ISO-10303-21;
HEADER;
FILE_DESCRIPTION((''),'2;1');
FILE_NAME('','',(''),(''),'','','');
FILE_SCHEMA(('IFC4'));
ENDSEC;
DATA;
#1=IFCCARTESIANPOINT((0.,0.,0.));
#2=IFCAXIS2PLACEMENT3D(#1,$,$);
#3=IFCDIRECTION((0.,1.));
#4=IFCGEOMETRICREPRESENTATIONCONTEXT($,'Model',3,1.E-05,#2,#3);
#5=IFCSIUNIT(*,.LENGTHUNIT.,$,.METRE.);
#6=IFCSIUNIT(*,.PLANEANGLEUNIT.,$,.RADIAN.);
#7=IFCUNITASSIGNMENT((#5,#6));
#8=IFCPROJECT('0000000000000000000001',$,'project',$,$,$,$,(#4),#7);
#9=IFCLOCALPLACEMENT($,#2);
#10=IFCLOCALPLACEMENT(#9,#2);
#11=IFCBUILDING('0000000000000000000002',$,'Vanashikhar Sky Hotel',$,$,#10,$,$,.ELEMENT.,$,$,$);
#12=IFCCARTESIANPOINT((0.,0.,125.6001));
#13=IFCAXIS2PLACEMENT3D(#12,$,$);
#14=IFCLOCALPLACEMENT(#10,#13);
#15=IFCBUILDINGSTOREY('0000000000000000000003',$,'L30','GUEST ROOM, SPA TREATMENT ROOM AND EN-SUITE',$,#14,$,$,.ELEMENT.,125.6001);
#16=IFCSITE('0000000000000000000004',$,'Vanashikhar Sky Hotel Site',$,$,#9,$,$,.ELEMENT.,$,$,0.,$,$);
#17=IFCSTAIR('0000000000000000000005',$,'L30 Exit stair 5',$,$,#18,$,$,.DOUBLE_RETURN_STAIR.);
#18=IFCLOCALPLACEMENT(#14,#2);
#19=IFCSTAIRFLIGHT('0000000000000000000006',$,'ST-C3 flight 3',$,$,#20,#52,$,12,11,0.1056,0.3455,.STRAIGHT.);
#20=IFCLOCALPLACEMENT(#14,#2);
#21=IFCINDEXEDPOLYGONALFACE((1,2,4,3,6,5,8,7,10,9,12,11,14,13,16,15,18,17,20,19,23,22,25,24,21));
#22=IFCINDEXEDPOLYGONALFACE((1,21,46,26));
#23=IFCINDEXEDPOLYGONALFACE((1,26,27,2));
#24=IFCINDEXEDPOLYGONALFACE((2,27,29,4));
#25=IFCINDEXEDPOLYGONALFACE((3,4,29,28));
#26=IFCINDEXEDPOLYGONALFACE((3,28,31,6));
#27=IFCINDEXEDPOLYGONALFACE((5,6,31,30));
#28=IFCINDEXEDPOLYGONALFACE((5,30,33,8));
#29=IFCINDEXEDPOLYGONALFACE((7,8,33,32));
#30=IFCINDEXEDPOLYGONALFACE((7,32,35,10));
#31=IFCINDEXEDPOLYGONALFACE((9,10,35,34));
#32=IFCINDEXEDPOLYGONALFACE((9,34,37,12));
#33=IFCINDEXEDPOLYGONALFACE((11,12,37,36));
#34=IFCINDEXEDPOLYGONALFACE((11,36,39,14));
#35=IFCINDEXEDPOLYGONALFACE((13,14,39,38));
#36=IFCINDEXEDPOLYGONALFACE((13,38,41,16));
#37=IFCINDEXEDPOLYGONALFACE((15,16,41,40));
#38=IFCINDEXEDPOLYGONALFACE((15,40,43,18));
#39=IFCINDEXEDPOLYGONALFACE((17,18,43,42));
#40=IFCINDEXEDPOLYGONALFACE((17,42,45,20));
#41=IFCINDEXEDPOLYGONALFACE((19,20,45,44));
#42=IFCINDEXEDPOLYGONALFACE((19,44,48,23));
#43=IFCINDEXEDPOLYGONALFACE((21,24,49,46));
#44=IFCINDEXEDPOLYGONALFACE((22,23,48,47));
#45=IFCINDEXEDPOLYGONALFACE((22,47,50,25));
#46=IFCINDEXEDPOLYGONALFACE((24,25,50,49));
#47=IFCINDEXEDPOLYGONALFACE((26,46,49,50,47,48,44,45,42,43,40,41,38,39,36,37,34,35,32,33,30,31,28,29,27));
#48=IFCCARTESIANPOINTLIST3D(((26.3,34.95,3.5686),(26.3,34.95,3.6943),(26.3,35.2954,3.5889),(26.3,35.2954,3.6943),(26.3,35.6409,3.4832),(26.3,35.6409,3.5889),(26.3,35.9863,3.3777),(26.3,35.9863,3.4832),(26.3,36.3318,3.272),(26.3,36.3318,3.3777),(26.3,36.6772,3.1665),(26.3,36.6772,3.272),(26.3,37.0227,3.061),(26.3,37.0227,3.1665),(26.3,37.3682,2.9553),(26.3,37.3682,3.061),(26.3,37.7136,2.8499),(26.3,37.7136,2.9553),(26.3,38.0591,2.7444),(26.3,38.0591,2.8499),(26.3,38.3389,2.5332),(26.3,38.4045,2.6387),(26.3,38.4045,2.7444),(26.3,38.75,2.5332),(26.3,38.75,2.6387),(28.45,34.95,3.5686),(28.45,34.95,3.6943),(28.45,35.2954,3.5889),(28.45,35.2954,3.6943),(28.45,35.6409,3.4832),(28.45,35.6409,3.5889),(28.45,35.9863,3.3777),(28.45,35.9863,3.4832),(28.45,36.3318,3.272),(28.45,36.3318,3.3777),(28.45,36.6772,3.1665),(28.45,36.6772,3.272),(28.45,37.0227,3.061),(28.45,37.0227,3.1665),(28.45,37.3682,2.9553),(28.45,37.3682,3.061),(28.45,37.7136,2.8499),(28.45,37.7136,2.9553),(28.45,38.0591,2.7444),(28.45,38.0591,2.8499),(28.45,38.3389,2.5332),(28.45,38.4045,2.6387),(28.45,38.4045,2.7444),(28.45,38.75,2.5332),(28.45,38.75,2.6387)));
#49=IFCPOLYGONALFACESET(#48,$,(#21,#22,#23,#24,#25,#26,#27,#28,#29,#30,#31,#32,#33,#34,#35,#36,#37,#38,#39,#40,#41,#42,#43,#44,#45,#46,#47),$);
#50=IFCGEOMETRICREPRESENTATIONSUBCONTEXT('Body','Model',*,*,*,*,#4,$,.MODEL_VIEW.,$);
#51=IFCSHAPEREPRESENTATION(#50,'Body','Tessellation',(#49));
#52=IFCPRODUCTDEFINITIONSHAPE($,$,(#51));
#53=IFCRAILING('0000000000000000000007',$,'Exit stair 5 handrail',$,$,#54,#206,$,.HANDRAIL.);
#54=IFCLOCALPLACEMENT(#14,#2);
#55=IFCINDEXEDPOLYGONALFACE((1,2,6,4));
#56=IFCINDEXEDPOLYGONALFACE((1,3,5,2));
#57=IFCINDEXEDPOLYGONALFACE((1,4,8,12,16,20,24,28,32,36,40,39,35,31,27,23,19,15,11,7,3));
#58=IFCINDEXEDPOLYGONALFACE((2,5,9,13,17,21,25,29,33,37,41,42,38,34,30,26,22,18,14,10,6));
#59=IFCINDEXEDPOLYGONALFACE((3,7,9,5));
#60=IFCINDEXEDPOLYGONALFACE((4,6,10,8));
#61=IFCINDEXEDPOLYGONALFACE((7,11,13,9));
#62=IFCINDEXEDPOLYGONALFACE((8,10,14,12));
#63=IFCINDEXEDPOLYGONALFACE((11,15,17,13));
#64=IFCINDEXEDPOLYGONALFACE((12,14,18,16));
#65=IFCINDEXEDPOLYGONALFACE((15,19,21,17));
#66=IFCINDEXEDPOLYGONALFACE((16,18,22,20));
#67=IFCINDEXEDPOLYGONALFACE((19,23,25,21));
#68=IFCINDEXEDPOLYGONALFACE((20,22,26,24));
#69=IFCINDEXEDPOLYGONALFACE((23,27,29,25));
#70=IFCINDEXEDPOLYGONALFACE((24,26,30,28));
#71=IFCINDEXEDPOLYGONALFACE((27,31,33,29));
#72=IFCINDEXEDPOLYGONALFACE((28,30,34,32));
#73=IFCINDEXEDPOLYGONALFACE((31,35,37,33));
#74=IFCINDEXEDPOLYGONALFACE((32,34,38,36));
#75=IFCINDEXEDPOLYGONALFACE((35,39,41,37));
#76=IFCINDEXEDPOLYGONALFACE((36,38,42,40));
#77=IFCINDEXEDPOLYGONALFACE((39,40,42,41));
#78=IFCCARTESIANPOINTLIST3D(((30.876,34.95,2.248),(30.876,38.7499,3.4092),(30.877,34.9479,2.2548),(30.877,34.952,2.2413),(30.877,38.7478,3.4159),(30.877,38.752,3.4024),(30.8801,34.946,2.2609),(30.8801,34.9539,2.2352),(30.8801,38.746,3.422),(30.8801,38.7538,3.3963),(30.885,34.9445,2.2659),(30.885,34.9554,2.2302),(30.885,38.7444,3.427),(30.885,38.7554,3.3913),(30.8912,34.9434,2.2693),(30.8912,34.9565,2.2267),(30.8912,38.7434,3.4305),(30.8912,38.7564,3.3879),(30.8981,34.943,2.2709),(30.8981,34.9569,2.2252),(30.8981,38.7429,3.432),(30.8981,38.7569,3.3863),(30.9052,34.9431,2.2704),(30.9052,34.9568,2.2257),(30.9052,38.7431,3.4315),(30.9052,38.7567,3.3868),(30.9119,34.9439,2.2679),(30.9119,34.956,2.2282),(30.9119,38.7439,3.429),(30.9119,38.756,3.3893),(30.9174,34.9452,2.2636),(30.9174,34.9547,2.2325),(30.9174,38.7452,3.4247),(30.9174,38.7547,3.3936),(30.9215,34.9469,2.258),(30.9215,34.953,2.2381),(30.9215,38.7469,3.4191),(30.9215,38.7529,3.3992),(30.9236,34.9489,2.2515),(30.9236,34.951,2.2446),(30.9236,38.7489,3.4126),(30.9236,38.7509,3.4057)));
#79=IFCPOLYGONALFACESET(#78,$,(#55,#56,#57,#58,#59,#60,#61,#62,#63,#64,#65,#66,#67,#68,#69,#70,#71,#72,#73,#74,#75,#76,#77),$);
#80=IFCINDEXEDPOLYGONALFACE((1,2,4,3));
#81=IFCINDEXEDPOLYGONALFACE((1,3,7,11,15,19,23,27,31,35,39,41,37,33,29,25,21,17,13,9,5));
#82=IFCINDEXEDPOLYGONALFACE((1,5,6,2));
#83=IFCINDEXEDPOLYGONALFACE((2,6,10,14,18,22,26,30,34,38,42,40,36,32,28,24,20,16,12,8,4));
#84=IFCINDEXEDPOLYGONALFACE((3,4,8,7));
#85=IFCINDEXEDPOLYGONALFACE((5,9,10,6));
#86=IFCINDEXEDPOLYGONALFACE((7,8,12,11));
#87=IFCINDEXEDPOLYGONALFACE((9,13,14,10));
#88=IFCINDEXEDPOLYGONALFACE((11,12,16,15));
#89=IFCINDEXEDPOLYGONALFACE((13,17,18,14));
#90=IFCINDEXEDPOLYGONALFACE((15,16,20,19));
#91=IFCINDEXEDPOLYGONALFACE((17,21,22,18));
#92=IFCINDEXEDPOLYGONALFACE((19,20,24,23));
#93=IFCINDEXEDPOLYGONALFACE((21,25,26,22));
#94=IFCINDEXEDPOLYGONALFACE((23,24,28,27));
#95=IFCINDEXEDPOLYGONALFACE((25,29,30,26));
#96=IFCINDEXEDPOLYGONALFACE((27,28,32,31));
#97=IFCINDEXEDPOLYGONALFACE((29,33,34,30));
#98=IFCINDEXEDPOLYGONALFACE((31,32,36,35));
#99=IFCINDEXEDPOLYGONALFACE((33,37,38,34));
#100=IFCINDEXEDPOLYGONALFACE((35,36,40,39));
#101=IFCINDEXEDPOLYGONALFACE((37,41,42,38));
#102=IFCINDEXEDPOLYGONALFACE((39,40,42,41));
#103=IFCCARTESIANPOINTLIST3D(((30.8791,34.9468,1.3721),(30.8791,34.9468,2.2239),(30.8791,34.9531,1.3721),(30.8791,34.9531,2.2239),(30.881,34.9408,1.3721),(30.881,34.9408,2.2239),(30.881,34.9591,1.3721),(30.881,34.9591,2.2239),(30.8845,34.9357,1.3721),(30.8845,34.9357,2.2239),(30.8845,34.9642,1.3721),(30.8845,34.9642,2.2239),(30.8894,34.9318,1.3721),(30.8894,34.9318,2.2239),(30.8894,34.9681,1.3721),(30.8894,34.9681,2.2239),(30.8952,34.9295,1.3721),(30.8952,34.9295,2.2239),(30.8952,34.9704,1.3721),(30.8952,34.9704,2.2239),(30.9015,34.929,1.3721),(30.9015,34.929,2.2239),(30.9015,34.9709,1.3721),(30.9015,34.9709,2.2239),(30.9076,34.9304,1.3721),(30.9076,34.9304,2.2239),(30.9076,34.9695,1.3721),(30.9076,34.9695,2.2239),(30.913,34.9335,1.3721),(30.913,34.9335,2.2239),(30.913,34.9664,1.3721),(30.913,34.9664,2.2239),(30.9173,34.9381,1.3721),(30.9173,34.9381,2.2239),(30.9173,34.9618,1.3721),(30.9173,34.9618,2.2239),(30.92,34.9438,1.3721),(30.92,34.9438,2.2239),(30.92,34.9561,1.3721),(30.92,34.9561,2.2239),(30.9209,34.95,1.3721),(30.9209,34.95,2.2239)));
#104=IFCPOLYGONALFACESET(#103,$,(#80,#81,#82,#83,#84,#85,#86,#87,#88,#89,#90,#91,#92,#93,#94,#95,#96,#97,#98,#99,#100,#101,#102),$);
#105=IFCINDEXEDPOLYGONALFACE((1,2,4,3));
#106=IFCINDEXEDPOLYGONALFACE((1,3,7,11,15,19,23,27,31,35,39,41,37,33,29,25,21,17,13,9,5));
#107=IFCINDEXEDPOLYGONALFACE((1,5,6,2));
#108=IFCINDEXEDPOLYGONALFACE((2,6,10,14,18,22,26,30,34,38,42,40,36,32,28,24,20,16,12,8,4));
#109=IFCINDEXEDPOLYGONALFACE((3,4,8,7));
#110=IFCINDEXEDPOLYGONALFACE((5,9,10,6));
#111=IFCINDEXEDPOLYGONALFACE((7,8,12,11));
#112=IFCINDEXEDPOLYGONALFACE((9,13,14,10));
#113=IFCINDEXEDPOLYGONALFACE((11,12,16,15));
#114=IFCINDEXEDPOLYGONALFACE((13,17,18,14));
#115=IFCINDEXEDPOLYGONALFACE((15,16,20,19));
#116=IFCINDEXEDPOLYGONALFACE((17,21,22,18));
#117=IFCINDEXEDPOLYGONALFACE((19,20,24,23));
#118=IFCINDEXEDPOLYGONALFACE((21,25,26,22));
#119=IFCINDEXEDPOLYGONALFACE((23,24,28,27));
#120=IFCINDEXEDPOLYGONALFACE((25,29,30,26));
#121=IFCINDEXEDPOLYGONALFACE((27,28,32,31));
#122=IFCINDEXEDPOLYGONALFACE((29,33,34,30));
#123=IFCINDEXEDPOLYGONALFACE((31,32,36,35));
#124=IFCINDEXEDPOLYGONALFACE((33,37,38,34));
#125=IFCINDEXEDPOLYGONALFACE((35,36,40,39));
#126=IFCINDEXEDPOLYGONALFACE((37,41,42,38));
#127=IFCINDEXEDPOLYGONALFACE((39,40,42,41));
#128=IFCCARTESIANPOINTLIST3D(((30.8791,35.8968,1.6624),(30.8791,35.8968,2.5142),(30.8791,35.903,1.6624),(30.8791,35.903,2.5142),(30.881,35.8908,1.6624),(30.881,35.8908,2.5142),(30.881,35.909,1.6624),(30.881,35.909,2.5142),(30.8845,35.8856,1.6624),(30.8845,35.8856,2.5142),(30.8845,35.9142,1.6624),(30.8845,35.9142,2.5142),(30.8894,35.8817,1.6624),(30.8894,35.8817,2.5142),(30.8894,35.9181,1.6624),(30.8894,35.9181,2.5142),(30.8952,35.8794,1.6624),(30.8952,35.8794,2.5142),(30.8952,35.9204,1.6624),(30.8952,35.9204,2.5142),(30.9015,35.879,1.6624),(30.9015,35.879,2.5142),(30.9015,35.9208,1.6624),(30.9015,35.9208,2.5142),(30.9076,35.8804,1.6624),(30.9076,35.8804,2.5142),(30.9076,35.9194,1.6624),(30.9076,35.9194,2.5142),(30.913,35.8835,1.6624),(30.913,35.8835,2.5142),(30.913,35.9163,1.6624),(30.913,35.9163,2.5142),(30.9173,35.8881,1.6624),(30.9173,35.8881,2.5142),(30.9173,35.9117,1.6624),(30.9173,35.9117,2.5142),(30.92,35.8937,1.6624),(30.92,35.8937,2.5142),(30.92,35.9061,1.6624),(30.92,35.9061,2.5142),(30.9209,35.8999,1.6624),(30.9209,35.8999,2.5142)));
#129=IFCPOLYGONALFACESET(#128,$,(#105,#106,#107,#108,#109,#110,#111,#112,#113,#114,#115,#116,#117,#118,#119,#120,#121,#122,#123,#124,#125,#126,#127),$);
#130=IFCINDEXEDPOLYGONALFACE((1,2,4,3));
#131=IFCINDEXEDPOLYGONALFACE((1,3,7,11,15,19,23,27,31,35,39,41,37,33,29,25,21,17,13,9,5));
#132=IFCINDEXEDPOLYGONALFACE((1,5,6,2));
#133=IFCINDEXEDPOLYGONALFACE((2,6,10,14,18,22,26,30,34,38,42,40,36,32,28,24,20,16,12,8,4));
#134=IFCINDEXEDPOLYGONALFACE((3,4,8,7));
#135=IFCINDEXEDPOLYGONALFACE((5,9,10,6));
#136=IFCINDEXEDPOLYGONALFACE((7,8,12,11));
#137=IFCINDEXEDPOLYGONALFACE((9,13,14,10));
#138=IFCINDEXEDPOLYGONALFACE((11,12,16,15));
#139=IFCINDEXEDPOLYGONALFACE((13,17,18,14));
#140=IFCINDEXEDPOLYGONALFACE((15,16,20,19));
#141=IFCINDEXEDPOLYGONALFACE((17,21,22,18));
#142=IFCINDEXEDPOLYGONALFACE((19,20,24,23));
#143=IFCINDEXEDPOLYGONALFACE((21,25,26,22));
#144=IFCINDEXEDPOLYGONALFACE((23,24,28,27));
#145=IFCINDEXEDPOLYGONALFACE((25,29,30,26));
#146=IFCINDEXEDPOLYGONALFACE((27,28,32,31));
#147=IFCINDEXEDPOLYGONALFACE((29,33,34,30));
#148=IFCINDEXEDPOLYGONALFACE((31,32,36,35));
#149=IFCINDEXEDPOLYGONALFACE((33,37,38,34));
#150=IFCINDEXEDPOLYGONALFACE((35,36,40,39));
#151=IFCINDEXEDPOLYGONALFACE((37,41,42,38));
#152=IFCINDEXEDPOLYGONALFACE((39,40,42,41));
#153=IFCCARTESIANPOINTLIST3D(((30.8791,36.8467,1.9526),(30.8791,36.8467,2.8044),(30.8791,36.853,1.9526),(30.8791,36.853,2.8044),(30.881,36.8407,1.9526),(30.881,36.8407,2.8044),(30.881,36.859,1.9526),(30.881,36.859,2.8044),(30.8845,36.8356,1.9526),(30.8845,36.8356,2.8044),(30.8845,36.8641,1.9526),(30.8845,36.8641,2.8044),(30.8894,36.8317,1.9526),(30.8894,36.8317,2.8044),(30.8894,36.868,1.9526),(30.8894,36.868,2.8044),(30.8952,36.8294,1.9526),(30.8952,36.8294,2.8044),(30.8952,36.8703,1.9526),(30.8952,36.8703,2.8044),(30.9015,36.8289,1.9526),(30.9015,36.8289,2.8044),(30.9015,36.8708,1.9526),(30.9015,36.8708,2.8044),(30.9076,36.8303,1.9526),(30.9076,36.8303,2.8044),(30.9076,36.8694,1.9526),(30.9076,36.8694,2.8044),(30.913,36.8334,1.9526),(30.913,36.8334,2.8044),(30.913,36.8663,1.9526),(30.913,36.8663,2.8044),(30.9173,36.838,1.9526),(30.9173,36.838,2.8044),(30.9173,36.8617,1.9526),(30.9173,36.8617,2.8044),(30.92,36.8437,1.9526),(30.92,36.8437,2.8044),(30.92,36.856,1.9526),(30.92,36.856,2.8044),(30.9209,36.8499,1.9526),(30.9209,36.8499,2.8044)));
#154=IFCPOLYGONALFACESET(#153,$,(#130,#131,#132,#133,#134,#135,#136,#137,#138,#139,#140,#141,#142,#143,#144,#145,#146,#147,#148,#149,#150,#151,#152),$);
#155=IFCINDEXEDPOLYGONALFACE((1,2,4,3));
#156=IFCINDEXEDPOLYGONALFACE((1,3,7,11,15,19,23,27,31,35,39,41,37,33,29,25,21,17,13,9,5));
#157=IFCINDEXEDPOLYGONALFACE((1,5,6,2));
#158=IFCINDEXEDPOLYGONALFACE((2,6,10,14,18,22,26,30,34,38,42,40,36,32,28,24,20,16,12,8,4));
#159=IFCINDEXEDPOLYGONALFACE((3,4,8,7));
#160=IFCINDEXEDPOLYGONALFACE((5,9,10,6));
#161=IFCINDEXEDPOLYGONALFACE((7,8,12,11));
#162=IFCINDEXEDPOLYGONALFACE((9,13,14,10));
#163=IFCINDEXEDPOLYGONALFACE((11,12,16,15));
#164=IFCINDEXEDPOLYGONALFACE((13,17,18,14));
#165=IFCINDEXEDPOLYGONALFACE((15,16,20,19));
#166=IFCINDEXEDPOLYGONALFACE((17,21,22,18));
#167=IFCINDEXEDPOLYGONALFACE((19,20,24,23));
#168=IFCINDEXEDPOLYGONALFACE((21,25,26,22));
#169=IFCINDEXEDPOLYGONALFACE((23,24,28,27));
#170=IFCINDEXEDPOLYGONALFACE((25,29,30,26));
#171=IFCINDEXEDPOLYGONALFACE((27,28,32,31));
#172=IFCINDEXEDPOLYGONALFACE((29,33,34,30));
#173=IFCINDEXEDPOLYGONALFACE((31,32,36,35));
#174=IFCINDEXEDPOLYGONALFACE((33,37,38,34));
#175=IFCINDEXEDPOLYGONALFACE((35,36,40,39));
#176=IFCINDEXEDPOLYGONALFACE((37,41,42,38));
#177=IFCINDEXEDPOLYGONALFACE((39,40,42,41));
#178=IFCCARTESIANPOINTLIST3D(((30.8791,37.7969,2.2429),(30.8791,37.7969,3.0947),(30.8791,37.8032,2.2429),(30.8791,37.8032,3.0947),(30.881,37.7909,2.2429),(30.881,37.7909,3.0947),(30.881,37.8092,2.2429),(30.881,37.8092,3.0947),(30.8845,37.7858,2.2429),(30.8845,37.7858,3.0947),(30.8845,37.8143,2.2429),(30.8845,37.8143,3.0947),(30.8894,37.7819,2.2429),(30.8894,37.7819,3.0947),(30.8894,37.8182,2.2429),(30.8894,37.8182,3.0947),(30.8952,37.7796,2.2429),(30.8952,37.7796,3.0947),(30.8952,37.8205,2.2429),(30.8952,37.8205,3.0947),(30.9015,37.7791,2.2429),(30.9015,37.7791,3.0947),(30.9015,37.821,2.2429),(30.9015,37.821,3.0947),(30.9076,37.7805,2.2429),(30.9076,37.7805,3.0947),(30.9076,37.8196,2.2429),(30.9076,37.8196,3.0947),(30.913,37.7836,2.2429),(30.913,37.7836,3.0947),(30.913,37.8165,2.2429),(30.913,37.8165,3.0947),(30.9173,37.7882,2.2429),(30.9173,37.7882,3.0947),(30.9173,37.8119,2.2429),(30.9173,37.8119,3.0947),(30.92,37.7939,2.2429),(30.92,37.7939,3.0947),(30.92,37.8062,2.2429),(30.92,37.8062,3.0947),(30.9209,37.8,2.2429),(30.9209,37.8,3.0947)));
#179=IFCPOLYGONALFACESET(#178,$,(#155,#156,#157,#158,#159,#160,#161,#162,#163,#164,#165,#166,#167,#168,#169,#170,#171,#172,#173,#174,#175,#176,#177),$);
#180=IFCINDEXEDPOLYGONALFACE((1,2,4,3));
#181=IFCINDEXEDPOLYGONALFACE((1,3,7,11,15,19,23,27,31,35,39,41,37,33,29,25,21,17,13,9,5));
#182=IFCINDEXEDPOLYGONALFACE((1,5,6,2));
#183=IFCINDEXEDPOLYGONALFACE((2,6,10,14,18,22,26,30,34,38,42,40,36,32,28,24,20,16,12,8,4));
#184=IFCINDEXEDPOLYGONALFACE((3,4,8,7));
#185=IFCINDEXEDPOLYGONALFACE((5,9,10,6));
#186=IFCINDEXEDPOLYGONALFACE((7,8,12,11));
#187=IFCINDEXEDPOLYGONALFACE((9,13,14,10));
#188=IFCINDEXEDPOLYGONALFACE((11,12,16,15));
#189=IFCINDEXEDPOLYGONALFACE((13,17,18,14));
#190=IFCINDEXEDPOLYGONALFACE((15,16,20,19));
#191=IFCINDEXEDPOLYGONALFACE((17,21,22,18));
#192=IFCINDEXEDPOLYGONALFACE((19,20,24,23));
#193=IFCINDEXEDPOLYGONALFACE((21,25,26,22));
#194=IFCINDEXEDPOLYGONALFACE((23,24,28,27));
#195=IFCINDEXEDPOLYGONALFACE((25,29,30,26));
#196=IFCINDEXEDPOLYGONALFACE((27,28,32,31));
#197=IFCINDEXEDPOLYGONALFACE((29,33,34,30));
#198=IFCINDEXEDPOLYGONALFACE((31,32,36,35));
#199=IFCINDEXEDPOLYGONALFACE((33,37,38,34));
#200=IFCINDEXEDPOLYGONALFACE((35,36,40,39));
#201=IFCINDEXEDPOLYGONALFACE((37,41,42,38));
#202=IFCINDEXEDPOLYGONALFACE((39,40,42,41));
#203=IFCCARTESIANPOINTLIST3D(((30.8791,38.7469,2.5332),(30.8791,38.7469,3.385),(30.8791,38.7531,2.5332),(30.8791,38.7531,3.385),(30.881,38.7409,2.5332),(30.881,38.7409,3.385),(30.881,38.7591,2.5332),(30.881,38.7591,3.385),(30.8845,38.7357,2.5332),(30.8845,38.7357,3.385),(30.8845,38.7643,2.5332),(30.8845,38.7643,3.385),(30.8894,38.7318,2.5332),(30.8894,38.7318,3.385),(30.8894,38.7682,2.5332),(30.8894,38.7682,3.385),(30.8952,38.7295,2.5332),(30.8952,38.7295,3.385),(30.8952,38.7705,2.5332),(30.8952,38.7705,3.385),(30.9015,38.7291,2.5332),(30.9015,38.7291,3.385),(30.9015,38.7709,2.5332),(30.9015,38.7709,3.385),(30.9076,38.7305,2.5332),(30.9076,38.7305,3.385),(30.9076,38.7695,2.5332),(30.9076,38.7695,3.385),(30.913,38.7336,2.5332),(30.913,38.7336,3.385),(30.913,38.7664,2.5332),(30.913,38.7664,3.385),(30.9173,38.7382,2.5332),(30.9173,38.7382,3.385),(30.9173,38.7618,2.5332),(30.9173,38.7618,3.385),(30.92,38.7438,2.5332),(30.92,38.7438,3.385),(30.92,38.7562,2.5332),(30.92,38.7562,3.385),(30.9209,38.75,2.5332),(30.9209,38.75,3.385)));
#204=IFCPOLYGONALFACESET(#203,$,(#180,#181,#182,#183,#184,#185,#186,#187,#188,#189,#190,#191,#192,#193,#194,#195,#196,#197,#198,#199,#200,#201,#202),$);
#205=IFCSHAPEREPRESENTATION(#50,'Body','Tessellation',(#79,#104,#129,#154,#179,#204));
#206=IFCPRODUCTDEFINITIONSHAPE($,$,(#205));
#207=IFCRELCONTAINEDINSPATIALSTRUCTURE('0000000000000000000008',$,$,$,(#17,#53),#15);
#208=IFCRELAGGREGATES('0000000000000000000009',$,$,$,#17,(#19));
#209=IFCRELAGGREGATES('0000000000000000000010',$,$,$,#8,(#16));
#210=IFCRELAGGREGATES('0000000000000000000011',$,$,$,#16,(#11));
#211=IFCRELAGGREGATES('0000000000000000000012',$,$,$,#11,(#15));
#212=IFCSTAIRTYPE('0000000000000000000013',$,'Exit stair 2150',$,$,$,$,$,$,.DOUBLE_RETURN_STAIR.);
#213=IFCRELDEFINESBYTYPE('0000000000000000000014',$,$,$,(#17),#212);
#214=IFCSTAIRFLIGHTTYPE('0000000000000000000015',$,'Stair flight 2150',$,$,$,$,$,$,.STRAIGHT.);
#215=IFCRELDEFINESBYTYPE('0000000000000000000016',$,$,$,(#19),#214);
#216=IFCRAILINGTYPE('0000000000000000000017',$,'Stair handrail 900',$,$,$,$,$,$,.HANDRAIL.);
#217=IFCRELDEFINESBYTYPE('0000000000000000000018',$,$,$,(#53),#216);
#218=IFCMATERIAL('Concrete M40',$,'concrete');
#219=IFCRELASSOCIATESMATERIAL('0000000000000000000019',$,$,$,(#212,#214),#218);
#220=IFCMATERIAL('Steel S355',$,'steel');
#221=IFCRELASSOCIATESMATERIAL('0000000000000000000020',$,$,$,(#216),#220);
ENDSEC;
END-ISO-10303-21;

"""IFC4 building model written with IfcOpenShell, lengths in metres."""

from ifc_helpers import new_model, si_unit, direction, frame, origin, origin_2d, place, context, subcontext, project, spatial, polyline, circle, outline, extrude, source, transform, mapped, material, type_object, element, aggregate, save


model = new_model("IFC4")

# Units and contexts
model_context = context("Model", 3, precision=1e-05, world=origin(), true_north=direction((0.0, 1.0)))
body_context = subcontext(model_context, "Body", "Model", "MODEL_VIEW")
ifc_project = project(units=[si_unit("LENGTHUNIT", "METRE"), si_unit("PLANEANGLEUNIT", "RADIAN")], contexts=[model_context])

# Site, building, storey
site_placement = place(None, origin())
site = spatial("IfcSite", under=ifc_project, at=site_placement, Name="Vanashikhar Sky Hotel Site", CompositionType="ELEMENT", RefElevation=0.0)
building_placement = place(site_placement, origin())
building = spatial("IfcBuilding", under=site, at=building_placement, Name="Vanashikhar Sky Hotel", CompositionType="ELEMENT")
storey_placement = place(building_placement, frame((0.0, 0.0, 125.6001)))
storey = spatial("IfcBuildingStorey", under=building, at=storey_placement, Name="L30", Description="GUEST ROOM, SPA TREATMENT ROOM AND EN-SUITE", CompositionType="ELEMENT", Elevation=125.6001)

# Shared definitions
ifc_material_1 = material(Name="Concrete M40", Category="concrete")

# Stair, stair flight
stair_type = type_object("IfcStairType", Name="Exit stair 2150", PredefinedType="DOUBLE_RETURN_STAIR", material=ifc_material_1)
stair_placement = place(storey_placement, origin())
stair = element("IfcStair", 1, at=stair_placement, inside=storey, type_object=stair_type, Name="L30 Exit stair 5", PredefinedType="DOUBLE_RETURN_STAIR")
stair_flight_type = type_object("IfcStairFlightType", Name="Stair flight 2150", PredefinedType="STRAIGHT", material=ifc_material_1)
shared_shape_1 = source(origin(), body_context, "Body", "SweptSolid", [
    extrude(outline(polyline([(0.0, 0.0), (0.0, 0.1055), (0.3455, 0.1055), (0.3455, 0.2112), (0.6909, 0.2112), (0.6909, 0.3167), (1.0364, 0.3167), (1.0364, 0.4221), (1.3818, 0.4221), (1.3818, 0.5278), (1.7273, 0.5278), (1.7273, 0.6333), (2.0728, 0.6333), (2.0728, 0.7388), (2.4182, 0.7388), (2.4182, 0.8445), (2.7637, 0.8445), (2.7637, 0.95), (3.1091, 0.95), (3.1091, 1.0557), (3.4546, 1.0557), (3.4546, 1.1611), (3.8, 1.1611), (3.8, 1.2666), (3.8, 1.0354), (0.4111, 0.0), (0.0, 0.0)])), frame((0.0, 1.075, 0.0), z_axis=(0.0, -1.0, 0.0), x_axis=(1.0, 0.0, 0.0)), (0.0, 0.0, 1.0), 2.1499),
])
stair_flight_1_placement = place(storey_placement, frame((27.375, 38.75, 2.5332), z_axis=(0.0, 0.0, 1.0), x_axis=(0.0, -1.0, 0.0)))
stair_flight_1 = element("IfcStairFlight", 2, at=stair_flight_1_placement, type_object=stair_flight_type, Name="ST-C3 flight 3", NumberOfRisers=12, NumberOfTreads=11, PredefinedType="STRAIGHT", RiserHeight=0.1056, TreadLength=0.3455, context=body_context, shape_type="MappedRepresentation", body=[
    mapped(shared_shape_1, transform((0.0, 0.0, 0.0), scale=1.0)),
])
aggregate(stair, [stair_flight_1])

# Railing
ifc_material_2 = material(Name="Steel S355", Category="steel")
railing_type_1 = type_object("IfcRailingType", Name="Stair handrail 900", PredefinedType="HANDRAIL", material=ifc_material_2)
shared_shape_2 = source(origin(), body_context, "Body", "SweptSolid", [
    extrude(circle(Radius=0.0239, at=origin_2d()), frame((0.0, 0.0, 0.876), z_axis=(0.0, 0.956351, 0.29222), x_axis=(-1.0, 0.0, 0.0)), (0.0, 0.0, 1.0), 3.9734),
    extrude(circle(Radius=0.021, at=origin_2d()), origin(), (0.0, 0.0, 1.0), 0.8518),
    extrude(circle(Radius=0.021, at=origin_2d()), frame((0.0, 0.95, 0.2903)), (0.0, 0.0, 1.0), 0.8518),
    extrude(circle(Radius=0.021, at=origin_2d()), frame((0.0, 1.8999, 0.5806)), (0.0, 0.0, 1.0), 0.8518),
    extrude(circle(Radius=0.021, at=origin_2d()), frame((0.0, 2.8501, 0.8708)), (0.0, 0.0, 1.0), 0.8518),
    extrude(circle(Radius=0.021, at=origin_2d()), frame((0.0, 3.8, 1.1611)), (0.0, 0.0, 1.0), 0.8518),
])
railing_1_placement = place(storey_placement, frame((30.8999, 34.95, 1.3721)))
element("IfcRailing", 3, at=railing_1_placement, inside=storey, type_object=railing_type_1, Name="Exit stair 5 handrail", PredefinedType="HANDRAIL", context=body_context, shape_type="MappedRepresentation", body=[
    mapped(shared_shape_2, transform((0.0, 0.0, 0.0), scale=1.0)),
])

save(model, "model.ifc")
